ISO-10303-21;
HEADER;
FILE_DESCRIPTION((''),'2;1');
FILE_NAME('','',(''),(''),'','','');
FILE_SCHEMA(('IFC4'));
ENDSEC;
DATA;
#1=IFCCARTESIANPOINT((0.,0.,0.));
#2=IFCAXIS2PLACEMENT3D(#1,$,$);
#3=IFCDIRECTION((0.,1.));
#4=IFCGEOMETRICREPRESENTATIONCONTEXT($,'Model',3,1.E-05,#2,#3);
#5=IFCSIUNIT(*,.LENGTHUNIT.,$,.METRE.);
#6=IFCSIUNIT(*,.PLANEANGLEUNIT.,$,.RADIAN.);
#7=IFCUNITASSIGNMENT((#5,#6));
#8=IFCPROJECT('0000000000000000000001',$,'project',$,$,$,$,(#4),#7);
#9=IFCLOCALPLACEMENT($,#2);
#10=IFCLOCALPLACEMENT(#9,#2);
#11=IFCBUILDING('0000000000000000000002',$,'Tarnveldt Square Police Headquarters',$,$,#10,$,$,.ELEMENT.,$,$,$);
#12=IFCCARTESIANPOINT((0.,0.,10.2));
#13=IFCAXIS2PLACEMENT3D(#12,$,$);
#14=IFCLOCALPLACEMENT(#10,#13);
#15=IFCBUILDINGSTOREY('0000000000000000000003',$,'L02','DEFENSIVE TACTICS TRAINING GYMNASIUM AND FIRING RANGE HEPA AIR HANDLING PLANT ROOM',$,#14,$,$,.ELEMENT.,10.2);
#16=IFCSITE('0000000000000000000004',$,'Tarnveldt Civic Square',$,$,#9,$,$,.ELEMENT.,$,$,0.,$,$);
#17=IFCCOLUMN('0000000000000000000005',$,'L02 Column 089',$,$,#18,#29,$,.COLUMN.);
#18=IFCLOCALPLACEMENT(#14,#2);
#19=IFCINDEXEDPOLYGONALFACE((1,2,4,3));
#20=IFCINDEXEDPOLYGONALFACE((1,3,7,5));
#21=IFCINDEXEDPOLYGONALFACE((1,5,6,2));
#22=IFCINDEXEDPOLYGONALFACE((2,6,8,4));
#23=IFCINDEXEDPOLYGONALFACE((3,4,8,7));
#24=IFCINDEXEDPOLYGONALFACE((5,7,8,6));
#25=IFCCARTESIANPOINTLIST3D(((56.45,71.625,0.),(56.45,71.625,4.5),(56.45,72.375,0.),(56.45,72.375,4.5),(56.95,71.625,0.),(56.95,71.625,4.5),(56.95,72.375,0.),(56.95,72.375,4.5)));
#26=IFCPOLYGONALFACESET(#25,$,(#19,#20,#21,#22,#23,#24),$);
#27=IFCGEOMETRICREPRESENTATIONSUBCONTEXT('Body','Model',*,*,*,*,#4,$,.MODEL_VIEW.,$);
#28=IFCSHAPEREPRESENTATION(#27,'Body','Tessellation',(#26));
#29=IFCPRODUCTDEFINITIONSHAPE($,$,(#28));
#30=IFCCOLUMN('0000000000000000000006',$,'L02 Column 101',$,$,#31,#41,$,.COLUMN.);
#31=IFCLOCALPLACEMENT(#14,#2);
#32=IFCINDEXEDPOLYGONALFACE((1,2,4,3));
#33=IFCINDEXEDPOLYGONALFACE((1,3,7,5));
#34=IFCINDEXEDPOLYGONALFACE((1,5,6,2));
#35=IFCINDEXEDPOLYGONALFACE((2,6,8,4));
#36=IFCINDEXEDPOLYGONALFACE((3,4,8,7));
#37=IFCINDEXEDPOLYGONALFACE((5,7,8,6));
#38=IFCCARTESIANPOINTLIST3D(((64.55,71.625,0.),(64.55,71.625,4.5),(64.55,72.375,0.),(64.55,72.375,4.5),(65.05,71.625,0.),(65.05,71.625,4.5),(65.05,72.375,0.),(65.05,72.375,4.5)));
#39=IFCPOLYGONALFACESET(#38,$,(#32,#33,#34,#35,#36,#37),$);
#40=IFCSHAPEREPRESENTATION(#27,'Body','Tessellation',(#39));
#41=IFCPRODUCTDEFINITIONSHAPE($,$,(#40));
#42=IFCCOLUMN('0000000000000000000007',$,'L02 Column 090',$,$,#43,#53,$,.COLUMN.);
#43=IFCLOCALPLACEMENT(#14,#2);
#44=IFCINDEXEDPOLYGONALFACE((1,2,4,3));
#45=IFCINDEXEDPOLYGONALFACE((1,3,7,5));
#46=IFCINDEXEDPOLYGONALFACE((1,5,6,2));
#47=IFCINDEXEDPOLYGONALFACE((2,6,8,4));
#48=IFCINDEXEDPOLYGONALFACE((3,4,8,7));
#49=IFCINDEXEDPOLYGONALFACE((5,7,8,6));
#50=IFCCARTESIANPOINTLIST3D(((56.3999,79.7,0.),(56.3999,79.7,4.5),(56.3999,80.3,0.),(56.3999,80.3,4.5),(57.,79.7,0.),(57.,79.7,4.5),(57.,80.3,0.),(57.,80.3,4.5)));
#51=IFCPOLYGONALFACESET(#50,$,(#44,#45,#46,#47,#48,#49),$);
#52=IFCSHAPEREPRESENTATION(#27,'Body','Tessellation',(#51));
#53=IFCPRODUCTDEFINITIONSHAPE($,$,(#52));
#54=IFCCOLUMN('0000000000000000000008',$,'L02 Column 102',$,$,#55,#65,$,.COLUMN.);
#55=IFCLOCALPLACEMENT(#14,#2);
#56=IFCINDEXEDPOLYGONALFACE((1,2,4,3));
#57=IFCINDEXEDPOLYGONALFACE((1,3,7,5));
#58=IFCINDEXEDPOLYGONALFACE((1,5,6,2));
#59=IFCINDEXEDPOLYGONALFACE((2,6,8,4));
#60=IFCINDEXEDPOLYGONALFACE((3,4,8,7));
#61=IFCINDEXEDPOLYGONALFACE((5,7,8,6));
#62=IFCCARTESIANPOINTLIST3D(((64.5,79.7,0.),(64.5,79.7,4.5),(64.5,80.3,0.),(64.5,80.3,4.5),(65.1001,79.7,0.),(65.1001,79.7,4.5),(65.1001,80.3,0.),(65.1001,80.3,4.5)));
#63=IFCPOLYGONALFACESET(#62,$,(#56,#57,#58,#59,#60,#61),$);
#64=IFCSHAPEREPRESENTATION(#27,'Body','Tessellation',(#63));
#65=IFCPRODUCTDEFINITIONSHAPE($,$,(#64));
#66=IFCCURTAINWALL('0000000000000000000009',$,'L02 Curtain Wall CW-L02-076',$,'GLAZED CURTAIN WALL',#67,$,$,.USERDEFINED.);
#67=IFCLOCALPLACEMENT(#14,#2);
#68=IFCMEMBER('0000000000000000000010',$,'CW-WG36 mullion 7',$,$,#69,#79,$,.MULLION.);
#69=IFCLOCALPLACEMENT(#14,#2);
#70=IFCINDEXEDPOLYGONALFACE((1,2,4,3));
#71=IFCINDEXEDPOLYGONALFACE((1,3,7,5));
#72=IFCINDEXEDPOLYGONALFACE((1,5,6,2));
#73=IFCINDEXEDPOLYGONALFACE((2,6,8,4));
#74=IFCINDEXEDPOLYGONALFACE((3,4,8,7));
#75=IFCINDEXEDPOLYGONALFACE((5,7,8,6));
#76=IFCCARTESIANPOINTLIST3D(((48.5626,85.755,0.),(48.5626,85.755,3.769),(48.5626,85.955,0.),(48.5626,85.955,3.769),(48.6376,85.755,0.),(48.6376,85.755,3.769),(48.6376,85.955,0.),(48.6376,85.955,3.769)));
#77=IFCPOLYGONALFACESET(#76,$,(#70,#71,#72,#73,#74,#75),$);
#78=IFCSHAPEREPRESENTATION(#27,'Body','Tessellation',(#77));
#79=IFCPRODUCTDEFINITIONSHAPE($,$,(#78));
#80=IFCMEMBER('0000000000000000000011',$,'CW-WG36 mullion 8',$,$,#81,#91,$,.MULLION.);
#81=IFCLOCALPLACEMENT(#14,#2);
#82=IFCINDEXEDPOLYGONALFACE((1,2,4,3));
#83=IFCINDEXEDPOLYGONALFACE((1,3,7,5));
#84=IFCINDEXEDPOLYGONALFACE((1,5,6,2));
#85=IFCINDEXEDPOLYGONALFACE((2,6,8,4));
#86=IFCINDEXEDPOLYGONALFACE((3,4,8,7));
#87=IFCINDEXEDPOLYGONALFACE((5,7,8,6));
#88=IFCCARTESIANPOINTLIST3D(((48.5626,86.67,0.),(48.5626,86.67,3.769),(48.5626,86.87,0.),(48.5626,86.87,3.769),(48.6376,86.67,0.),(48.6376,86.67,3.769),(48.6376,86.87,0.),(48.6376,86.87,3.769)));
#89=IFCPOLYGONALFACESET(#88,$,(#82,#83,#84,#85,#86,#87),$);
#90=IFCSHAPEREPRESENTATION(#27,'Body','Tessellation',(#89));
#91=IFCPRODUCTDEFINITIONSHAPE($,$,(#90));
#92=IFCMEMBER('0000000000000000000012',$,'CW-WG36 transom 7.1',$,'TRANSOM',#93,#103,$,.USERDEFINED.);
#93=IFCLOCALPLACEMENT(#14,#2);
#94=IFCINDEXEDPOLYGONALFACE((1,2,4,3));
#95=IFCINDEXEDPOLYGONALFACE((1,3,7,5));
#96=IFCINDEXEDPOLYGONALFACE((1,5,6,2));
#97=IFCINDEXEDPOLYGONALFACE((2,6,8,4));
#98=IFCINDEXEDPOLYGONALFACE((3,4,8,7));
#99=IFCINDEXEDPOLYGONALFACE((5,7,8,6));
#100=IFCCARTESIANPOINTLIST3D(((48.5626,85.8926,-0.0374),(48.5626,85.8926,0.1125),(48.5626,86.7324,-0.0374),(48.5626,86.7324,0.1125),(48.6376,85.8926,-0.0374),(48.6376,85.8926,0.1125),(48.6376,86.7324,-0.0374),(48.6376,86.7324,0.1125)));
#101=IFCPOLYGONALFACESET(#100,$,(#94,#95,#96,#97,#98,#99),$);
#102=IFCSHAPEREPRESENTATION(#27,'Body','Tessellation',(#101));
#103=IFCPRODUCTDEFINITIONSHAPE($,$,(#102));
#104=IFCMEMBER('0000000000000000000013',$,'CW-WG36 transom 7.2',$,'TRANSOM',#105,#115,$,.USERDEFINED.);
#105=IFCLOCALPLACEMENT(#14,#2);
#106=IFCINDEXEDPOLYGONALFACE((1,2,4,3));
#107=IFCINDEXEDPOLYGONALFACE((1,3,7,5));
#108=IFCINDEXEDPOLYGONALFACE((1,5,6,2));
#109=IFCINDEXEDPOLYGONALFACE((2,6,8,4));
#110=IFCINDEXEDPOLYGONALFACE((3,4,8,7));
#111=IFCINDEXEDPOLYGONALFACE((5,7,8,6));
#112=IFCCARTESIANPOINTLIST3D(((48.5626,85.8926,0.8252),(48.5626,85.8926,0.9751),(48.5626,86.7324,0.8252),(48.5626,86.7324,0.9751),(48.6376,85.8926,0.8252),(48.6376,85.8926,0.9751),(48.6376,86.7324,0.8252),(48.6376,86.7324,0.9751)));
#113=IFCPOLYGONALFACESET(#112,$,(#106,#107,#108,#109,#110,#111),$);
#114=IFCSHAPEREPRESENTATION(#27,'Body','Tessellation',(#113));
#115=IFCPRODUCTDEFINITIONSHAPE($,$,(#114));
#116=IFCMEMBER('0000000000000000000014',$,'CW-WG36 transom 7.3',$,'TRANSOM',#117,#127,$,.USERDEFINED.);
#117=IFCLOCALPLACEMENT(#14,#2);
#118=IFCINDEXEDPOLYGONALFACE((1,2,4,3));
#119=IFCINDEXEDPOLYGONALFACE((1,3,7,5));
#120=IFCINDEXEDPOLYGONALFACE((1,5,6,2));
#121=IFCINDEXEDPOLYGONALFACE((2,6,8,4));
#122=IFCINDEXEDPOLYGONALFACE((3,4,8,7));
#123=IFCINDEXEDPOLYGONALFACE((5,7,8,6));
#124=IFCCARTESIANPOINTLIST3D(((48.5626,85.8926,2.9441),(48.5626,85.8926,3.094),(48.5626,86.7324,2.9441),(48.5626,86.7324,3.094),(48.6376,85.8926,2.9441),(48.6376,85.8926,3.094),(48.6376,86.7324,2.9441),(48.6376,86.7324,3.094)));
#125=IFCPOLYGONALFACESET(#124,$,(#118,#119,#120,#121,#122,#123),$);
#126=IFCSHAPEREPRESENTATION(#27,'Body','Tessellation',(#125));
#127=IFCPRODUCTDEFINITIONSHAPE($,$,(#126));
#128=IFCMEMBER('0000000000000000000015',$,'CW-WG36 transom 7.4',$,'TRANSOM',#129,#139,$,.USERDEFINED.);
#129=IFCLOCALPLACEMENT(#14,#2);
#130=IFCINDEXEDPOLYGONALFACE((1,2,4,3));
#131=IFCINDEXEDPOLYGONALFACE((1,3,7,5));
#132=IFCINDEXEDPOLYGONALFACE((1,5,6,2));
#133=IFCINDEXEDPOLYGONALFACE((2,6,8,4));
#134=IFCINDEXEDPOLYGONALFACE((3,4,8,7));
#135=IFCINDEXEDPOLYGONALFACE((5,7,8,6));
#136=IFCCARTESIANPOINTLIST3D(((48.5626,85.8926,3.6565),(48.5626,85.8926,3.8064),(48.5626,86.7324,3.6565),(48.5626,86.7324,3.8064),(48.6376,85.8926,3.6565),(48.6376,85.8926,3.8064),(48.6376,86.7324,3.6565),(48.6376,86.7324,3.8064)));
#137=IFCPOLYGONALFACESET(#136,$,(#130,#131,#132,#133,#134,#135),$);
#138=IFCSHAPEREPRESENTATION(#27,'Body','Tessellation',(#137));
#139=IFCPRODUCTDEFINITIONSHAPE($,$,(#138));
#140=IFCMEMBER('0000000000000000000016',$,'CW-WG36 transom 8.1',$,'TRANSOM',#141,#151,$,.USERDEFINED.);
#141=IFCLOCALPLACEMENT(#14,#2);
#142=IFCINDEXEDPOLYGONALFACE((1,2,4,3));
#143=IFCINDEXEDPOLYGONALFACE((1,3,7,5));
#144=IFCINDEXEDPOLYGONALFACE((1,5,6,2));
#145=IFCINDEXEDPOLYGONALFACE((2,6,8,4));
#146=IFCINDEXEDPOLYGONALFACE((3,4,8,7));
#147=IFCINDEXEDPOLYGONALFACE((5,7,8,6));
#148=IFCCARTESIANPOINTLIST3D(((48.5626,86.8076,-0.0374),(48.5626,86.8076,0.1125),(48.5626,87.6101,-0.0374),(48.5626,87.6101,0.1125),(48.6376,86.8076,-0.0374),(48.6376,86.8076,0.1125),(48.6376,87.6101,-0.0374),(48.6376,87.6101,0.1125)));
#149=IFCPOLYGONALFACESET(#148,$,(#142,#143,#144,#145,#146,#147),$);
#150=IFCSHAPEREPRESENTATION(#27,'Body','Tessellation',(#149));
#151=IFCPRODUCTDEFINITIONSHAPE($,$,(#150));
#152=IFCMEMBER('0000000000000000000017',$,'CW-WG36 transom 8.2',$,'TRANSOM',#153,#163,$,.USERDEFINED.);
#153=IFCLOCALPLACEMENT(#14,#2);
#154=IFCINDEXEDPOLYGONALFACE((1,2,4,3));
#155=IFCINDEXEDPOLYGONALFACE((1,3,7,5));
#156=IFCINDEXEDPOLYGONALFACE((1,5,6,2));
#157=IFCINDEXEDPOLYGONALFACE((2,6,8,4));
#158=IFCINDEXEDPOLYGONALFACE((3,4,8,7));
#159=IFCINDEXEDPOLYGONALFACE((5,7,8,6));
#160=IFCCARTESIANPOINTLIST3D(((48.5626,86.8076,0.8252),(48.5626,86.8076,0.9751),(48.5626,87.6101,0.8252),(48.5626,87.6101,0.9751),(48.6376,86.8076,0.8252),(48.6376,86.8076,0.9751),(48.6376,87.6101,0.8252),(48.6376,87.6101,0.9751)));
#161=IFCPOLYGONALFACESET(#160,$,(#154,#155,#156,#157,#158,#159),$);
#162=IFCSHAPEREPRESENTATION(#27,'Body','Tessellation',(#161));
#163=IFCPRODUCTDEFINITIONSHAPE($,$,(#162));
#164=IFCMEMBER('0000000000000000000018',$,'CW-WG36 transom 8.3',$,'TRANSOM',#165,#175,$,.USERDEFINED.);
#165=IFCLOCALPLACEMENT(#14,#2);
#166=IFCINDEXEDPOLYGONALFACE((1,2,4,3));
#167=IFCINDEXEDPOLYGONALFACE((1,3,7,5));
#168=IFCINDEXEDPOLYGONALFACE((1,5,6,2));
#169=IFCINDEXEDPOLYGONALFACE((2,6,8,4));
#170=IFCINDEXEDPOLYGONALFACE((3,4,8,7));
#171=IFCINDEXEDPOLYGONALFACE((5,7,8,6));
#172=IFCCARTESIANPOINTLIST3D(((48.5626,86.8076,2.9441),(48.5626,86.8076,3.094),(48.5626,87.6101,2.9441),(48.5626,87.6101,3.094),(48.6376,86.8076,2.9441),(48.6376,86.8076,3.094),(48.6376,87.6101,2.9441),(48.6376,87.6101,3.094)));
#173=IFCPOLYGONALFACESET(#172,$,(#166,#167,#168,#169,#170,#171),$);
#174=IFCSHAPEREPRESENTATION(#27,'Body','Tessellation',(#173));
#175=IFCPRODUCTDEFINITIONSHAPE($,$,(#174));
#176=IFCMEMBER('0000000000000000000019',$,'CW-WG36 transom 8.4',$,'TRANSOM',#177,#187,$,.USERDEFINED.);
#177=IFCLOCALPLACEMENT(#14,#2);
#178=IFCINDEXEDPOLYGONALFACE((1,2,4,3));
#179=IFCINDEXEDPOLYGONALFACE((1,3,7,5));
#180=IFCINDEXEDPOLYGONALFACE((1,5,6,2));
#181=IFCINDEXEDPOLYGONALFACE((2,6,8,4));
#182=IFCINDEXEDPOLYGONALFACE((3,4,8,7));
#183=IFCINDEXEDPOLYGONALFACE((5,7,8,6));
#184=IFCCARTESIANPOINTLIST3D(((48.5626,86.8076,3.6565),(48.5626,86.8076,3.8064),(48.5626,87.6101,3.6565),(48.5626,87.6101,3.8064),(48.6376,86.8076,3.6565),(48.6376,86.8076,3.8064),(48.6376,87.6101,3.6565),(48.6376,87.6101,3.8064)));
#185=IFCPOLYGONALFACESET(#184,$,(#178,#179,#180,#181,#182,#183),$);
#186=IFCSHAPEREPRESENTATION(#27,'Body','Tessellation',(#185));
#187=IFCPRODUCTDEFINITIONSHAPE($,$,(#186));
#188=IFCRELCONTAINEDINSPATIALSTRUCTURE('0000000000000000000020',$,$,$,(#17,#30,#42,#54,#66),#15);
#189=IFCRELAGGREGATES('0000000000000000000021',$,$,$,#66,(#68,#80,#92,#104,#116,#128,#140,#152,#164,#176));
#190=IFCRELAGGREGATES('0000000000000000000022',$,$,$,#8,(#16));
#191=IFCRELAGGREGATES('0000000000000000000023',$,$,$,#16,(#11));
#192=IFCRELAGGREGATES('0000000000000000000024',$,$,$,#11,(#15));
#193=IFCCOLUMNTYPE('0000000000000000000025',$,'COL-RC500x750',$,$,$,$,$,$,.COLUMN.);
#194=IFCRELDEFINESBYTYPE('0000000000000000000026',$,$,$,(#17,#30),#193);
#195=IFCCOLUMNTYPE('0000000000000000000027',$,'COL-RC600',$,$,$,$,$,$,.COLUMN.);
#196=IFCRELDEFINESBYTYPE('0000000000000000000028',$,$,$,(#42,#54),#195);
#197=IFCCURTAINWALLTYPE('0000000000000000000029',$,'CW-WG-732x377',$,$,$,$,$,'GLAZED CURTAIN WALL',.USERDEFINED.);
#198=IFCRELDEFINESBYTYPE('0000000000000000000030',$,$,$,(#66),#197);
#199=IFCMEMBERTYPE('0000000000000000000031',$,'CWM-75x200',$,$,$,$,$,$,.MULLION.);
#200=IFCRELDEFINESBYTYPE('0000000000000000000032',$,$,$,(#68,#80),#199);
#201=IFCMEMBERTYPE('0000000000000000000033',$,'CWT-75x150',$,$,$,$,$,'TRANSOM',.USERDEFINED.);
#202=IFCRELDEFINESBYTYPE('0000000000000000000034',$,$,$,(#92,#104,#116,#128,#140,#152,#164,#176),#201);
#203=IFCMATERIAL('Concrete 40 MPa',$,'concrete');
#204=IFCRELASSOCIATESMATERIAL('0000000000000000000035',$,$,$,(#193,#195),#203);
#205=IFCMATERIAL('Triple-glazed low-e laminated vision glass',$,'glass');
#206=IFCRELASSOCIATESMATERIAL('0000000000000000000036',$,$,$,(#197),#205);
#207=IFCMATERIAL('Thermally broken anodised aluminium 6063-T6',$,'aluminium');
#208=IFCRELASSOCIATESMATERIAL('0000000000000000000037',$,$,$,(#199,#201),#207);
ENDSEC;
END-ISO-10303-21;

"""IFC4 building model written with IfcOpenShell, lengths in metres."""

from ifc_helpers import new_model, si_unit, direction, frame, origin, origin_2d, place, context, subcontext, project, spatial, rectangle, extrude, material, material_profile, profile_set, type_object, element, aggregate, save


model = new_model("IFC4")

# Units and contexts
model_context = context("Model", 3, precision=1e-05, world=origin(), true_north=direction((0.0, 1.0)))
body_context = subcontext(model_context, "Body", "Model", "MODEL_VIEW")
ifc_project = project(units=[si_unit("LENGTHUNIT", "METRE"), si_unit("PLANEANGLEUNIT", "RADIAN")], contexts=[model_context])

# Site, building, storey
site_placement = place(None, origin())
site = spatial("IfcSite", under=ifc_project, at=site_placement, Name="Tarnveldt Civic Square", CompositionType="ELEMENT", RefElevation=0.0)
building_placement = place(site_placement, origin())
building = spatial("IfcBuilding", under=site, at=building_placement, Name="Tarnveldt Square Police Headquarters", CompositionType="ELEMENT")
storey_placement = place(building_placement, frame((0.0, 0.0, 10.2)))
storey = spatial("IfcBuildingStorey", under=building, at=storey_placement, Name="L02", Description="DEFENSIVE TACTICS TRAINING GYMNASIUM AND FIRING RANGE HEPA AIR HANDLING PLANT ROOM", CompositionType="ELEMENT", Elevation=10.2)

# Columns
ifc_material_1 = material(Name="Concrete 40 MPa", Category="concrete")
ifc_material_profile_1 = material_profile(ifc_material_1, rectangle(XDim=0.5, YDim=0.75, at=origin_2d()), Name="RC-C500x750")
ifc_profile_set_1 = profile_set([ifc_material_profile_1], Name="Concrete 40 MPa")
column_type_1 = type_object("IfcColumnType", Name="COL-RC500x750", PredefinedType="COLUMN", material=ifc_profile_set_1)
for number, where, z_axis, x_axis, name in (
    (1, (56.7, 72.0, 0.0), (0.0, 0.0, 1.0), (1.0, 0.0, 0.0), "L02 Column 089"),
    (2, (64.8, 72.0, 0.0), (0.0, 0.0, 1.0), (1.0, 0.0, 0.0), "L02 Column 101"),
):
    element("IfcColumn", number, at=place(storey_placement, frame(where, z_axis=z_axis, x_axis=x_axis)), inside=storey, type_object=column_type_1, Name=name, PredefinedType="COLUMN", context=body_context, shape_type="SweptSolid", body=[
        extrude(rectangle(XDim=0.5, YDim=0.75, at=origin_2d()), origin(), (0.0, 0.0, 1.0), 4.5),
    ])
ifc_material_profile_2 = material_profile(ifc_material_1, rectangle(XDim=0.6001, YDim=0.6001, at=origin_2d()), Name="RC-C600x600")
ifc_profile_set_2 = profile_set([ifc_material_profile_2], Name="Concrete 40 MPa")
column_type_2 = type_object("IfcColumnType", Name="COL-RC600", PredefinedType="COLUMN", material=ifc_profile_set_2)
for number, where, z_axis, x_axis, name in (
    (3, (56.7, 80.0, 0.0), (0.0, 0.0, 1.0), (1.0, 0.0, 0.0), "L02 Column 090"),
    (4, (64.8, 80.0, 0.0), (0.0, 0.0, 1.0), (1.0, 0.0, 0.0), "L02 Column 102"),
):
    element("IfcColumn", number, at=place(storey_placement, frame(where, z_axis=z_axis, x_axis=x_axis)), inside=storey, type_object=column_type_2, Name=name, PredefinedType="COLUMN", context=body_context, shape_type="SweptSolid", body=[
        extrude(rectangle(XDim=0.6001, YDim=0.6001, at=origin_2d()), origin(), (0.0, 0.0, 1.0), 4.5),
    ])

# Curtain wall, members
ifc_material_2 = material(Name="Triple-glazed low-e laminated vision glass", Category="glass")
curtain_wall_type = type_object("IfcCurtainWallType", Name="CW-WG-732x377", ElementType="GLAZED CURTAIN WALL", PredefinedType="USERDEFINED", material=ifc_material_2)
curtain_wall_placement = place(storey_placement, origin())
curtain_wall = element("IfcCurtainWall", 5, at=curtain_wall_placement, inside=storey, type_object=curtain_wall_type, Name="L02 Curtain Wall CW-L02-076", ObjectType="GLAZED CURTAIN WALL", PredefinedType="USERDEFINED")
ifc_material_3 = material(Name="Thermally broken anodised aluminium 6063-T6", Category="aluminium")
ifc_material_profile_3 = material_profile(ifc_material_3, rectangle(XDim=0.075, YDim=0.2, at=origin_2d()), Name="CW-M75x200")
ifc_profile_set_3 = profile_set([ifc_material_profile_3], Name="Thermally broken anodised aluminium 6063-T6")
member_type_1 = type_object("IfcMemberType", Name="CWM-75x200", PredefinedType="MULLION", material=ifc_profile_set_3)
member_1_placement = place(storey_placement, frame((48.6001, 85.855, 0.0), z_axis=(0.0, 0.0, 1.0), x_axis=(-1.0, 0.0, 0.0)))
member_1 = element("IfcMember", 6, at=member_1_placement, type_object=member_type_1, Name="CW-WG36 mullion 7", PredefinedType="MULLION", context=body_context, shape_type="SweptSolid", body=[
    extrude(rectangle(XDim=0.075, YDim=0.2, at=origin_2d()), origin(), (0.0, 0.0, 1.0), 3.769),
])
member_2_placement = place(storey_placement, frame((48.6001, 86.77, 0.0), z_axis=(0.0, 0.0, 1.0), x_axis=(-1.0, 0.0, 0.0)))
member_2 = element("IfcMember", 7, at=member_2_placement, type_object=member_type_1, Name="CW-WG36 mullion 8", PredefinedType="MULLION", context=body_context, shape_type="SweptSolid", body=[
    extrude(rectangle(XDim=0.075, YDim=0.2, at=origin_2d()), origin(), (0.0, 0.0, 1.0), 3.769),
])
ifc_material_profile_4 = material_profile(ifc_material_3, rectangle(XDim=0.075, YDim=0.1499, at=origin_2d()), Name="CW-T75x150")
ifc_profile_set_4 = profile_set([ifc_material_profile_4], Name="Thermally broken anodised aluminium 6063-T6")
member_type_2 = type_object("IfcMemberType", Name="CWT-75x150", ElementType="TRANSOM", PredefinedType="USERDEFINED", material=ifc_profile_set_4)
member_3_placement = place(storey_placement, frame((48.6001, 85.8926, 0.0376), z_axis=(0.0, 1.0, 0.0), x_axis=(-1.0, 0.0, 0.0)))
member_3 = element("IfcMember", 8, at=member_3_placement, type_object=member_type_2, Name="CW-WG36 transom 7.1", ObjectType="TRANSOM", PredefinedType="USERDEFINED", context=body_context, shape_type="SweptSolid", body=[
    extrude(rectangle(XDim=0.075, YDim=0.1499, at=origin_2d()), origin(), (0.0, 0.0, 1.0), 0.8398),
])
member_4_placement = place(storey_placement, frame((48.6001, 85.8926, 0.9001), z_axis=(0.0, 1.0, 0.0), x_axis=(-1.0, 0.0, 0.0)))
member_4 = element("IfcMember", 9, at=member_4_placement, type_object=member_type_2, Name="CW-WG36 transom 7.2", ObjectType="TRANSOM", PredefinedType="USERDEFINED", context=body_context, shape_type="SweptSolid", body=[
    extrude(rectangle(XDim=0.075, YDim=0.1499, at=origin_2d()), origin(), (0.0, 0.0, 1.0), 0.8398),
])
member_5_placement = place(storey_placement, frame((48.6001, 85.8926, 3.019), z_axis=(0.0, 1.0, 0.0), x_axis=(-1.0, 0.0, 0.0)))
member_5 = element("IfcMember", 10, at=member_5_placement, type_object=member_type_2, Name="CW-WG36 transom 7.3", ObjectType="TRANSOM", PredefinedType="USERDEFINED", context=body_context, shape_type="SweptSolid", body=[
    extrude(rectangle(XDim=0.075, YDim=0.1499, at=origin_2d()), origin(), (0.0, 0.0, 1.0), 0.8398),
])
member_6_placement = place(storey_placement, frame((48.6001, 85.8926, 3.7314), z_axis=(0.0, 1.0, 0.0), x_axis=(-1.0, 0.0, 0.0)))
member_6 = element("IfcMember", 11, at=member_6_placement, type_object=member_type_2, Name="CW-WG36 transom 7.4", ObjectType="TRANSOM", PredefinedType="USERDEFINED", context=body_context, shape_type="SweptSolid", body=[
    extrude(rectangle(XDim=0.075, YDim=0.1499, at=origin_2d()), origin(), (0.0, 0.0, 1.0), 0.8398),
])
member_7_placement = place(storey_placement, frame((48.6001, 86.8076, 0.0376), z_axis=(0.0, 1.0, 0.0), x_axis=(-1.0, 0.0, 0.0)))
member_7 = element("IfcMember", 12, at=member_7_placement, type_object=member_type_2, Name="CW-WG36 transom 8.1", ObjectType="TRANSOM", PredefinedType="USERDEFINED", context=body_context, shape_type="SweptSolid", body=[
    extrude(rectangle(XDim=0.075, YDim=0.1499, at=origin_2d()), origin(), (0.0, 0.0, 1.0), 0.8025),
])
member_8_placement = place(storey_placement, frame((48.6001, 86.8076, 0.9001), z_axis=(0.0, 1.0, 0.0), x_axis=(-1.0, 0.0, 0.0)))
member_8 = element("IfcMember", 13, at=member_8_placement, type_object=member_type_2, Name="CW-WG36 transom 8.2", ObjectType="TRANSOM", PredefinedType="USERDEFINED", context=body_context, shape_type="SweptSolid", body=[
    extrude(rectangle(XDim=0.075, YDim=0.1499, at=origin_2d()), origin(), (0.0, 0.0, 1.0), 0.8025),
])
member_9_placement = place(storey_placement, frame((48.6001, 86.8076, 3.019), z_axis=(0.0, 1.0, 0.0), x_axis=(-1.0, 0.0, 0.0)))
member_9 = element("IfcMember", 14, at=member_9_placement, type_object=member_type_2, Name="CW-WG36 transom 8.3", ObjectType="TRANSOM", PredefinedType="USERDEFINED", context=body_context, shape_type="SweptSolid", body=[
    extrude(rectangle(XDim=0.075, YDim=0.1499, at=origin_2d()), origin(), (0.0, 0.0, 1.0), 0.8025),
])
member_10_placement = place(storey_placement, frame((48.6001, 86.8076, 3.7314), z_axis=(0.0, 1.0, 0.0), x_axis=(-1.0, 0.0, 0.0)))
member_10 = element("IfcMember", 15, at=member_10_placement, type_object=member_type_2, Name="CW-WG36 transom 8.4", ObjectType="TRANSOM", PredefinedType="USERDEFINED", context=body_context, shape_type="SweptSolid", body=[
    extrude(rectangle(XDim=0.075, YDim=0.1499, at=origin_2d()), origin(), (0.0, 0.0, 1.0), 0.8025),
])
aggregate(curtain_wall, [member_1, member_2, member_3, member_4, member_5, member_6, member_7, member_8, member_9, member_10])

save(model, "model.ifc")
